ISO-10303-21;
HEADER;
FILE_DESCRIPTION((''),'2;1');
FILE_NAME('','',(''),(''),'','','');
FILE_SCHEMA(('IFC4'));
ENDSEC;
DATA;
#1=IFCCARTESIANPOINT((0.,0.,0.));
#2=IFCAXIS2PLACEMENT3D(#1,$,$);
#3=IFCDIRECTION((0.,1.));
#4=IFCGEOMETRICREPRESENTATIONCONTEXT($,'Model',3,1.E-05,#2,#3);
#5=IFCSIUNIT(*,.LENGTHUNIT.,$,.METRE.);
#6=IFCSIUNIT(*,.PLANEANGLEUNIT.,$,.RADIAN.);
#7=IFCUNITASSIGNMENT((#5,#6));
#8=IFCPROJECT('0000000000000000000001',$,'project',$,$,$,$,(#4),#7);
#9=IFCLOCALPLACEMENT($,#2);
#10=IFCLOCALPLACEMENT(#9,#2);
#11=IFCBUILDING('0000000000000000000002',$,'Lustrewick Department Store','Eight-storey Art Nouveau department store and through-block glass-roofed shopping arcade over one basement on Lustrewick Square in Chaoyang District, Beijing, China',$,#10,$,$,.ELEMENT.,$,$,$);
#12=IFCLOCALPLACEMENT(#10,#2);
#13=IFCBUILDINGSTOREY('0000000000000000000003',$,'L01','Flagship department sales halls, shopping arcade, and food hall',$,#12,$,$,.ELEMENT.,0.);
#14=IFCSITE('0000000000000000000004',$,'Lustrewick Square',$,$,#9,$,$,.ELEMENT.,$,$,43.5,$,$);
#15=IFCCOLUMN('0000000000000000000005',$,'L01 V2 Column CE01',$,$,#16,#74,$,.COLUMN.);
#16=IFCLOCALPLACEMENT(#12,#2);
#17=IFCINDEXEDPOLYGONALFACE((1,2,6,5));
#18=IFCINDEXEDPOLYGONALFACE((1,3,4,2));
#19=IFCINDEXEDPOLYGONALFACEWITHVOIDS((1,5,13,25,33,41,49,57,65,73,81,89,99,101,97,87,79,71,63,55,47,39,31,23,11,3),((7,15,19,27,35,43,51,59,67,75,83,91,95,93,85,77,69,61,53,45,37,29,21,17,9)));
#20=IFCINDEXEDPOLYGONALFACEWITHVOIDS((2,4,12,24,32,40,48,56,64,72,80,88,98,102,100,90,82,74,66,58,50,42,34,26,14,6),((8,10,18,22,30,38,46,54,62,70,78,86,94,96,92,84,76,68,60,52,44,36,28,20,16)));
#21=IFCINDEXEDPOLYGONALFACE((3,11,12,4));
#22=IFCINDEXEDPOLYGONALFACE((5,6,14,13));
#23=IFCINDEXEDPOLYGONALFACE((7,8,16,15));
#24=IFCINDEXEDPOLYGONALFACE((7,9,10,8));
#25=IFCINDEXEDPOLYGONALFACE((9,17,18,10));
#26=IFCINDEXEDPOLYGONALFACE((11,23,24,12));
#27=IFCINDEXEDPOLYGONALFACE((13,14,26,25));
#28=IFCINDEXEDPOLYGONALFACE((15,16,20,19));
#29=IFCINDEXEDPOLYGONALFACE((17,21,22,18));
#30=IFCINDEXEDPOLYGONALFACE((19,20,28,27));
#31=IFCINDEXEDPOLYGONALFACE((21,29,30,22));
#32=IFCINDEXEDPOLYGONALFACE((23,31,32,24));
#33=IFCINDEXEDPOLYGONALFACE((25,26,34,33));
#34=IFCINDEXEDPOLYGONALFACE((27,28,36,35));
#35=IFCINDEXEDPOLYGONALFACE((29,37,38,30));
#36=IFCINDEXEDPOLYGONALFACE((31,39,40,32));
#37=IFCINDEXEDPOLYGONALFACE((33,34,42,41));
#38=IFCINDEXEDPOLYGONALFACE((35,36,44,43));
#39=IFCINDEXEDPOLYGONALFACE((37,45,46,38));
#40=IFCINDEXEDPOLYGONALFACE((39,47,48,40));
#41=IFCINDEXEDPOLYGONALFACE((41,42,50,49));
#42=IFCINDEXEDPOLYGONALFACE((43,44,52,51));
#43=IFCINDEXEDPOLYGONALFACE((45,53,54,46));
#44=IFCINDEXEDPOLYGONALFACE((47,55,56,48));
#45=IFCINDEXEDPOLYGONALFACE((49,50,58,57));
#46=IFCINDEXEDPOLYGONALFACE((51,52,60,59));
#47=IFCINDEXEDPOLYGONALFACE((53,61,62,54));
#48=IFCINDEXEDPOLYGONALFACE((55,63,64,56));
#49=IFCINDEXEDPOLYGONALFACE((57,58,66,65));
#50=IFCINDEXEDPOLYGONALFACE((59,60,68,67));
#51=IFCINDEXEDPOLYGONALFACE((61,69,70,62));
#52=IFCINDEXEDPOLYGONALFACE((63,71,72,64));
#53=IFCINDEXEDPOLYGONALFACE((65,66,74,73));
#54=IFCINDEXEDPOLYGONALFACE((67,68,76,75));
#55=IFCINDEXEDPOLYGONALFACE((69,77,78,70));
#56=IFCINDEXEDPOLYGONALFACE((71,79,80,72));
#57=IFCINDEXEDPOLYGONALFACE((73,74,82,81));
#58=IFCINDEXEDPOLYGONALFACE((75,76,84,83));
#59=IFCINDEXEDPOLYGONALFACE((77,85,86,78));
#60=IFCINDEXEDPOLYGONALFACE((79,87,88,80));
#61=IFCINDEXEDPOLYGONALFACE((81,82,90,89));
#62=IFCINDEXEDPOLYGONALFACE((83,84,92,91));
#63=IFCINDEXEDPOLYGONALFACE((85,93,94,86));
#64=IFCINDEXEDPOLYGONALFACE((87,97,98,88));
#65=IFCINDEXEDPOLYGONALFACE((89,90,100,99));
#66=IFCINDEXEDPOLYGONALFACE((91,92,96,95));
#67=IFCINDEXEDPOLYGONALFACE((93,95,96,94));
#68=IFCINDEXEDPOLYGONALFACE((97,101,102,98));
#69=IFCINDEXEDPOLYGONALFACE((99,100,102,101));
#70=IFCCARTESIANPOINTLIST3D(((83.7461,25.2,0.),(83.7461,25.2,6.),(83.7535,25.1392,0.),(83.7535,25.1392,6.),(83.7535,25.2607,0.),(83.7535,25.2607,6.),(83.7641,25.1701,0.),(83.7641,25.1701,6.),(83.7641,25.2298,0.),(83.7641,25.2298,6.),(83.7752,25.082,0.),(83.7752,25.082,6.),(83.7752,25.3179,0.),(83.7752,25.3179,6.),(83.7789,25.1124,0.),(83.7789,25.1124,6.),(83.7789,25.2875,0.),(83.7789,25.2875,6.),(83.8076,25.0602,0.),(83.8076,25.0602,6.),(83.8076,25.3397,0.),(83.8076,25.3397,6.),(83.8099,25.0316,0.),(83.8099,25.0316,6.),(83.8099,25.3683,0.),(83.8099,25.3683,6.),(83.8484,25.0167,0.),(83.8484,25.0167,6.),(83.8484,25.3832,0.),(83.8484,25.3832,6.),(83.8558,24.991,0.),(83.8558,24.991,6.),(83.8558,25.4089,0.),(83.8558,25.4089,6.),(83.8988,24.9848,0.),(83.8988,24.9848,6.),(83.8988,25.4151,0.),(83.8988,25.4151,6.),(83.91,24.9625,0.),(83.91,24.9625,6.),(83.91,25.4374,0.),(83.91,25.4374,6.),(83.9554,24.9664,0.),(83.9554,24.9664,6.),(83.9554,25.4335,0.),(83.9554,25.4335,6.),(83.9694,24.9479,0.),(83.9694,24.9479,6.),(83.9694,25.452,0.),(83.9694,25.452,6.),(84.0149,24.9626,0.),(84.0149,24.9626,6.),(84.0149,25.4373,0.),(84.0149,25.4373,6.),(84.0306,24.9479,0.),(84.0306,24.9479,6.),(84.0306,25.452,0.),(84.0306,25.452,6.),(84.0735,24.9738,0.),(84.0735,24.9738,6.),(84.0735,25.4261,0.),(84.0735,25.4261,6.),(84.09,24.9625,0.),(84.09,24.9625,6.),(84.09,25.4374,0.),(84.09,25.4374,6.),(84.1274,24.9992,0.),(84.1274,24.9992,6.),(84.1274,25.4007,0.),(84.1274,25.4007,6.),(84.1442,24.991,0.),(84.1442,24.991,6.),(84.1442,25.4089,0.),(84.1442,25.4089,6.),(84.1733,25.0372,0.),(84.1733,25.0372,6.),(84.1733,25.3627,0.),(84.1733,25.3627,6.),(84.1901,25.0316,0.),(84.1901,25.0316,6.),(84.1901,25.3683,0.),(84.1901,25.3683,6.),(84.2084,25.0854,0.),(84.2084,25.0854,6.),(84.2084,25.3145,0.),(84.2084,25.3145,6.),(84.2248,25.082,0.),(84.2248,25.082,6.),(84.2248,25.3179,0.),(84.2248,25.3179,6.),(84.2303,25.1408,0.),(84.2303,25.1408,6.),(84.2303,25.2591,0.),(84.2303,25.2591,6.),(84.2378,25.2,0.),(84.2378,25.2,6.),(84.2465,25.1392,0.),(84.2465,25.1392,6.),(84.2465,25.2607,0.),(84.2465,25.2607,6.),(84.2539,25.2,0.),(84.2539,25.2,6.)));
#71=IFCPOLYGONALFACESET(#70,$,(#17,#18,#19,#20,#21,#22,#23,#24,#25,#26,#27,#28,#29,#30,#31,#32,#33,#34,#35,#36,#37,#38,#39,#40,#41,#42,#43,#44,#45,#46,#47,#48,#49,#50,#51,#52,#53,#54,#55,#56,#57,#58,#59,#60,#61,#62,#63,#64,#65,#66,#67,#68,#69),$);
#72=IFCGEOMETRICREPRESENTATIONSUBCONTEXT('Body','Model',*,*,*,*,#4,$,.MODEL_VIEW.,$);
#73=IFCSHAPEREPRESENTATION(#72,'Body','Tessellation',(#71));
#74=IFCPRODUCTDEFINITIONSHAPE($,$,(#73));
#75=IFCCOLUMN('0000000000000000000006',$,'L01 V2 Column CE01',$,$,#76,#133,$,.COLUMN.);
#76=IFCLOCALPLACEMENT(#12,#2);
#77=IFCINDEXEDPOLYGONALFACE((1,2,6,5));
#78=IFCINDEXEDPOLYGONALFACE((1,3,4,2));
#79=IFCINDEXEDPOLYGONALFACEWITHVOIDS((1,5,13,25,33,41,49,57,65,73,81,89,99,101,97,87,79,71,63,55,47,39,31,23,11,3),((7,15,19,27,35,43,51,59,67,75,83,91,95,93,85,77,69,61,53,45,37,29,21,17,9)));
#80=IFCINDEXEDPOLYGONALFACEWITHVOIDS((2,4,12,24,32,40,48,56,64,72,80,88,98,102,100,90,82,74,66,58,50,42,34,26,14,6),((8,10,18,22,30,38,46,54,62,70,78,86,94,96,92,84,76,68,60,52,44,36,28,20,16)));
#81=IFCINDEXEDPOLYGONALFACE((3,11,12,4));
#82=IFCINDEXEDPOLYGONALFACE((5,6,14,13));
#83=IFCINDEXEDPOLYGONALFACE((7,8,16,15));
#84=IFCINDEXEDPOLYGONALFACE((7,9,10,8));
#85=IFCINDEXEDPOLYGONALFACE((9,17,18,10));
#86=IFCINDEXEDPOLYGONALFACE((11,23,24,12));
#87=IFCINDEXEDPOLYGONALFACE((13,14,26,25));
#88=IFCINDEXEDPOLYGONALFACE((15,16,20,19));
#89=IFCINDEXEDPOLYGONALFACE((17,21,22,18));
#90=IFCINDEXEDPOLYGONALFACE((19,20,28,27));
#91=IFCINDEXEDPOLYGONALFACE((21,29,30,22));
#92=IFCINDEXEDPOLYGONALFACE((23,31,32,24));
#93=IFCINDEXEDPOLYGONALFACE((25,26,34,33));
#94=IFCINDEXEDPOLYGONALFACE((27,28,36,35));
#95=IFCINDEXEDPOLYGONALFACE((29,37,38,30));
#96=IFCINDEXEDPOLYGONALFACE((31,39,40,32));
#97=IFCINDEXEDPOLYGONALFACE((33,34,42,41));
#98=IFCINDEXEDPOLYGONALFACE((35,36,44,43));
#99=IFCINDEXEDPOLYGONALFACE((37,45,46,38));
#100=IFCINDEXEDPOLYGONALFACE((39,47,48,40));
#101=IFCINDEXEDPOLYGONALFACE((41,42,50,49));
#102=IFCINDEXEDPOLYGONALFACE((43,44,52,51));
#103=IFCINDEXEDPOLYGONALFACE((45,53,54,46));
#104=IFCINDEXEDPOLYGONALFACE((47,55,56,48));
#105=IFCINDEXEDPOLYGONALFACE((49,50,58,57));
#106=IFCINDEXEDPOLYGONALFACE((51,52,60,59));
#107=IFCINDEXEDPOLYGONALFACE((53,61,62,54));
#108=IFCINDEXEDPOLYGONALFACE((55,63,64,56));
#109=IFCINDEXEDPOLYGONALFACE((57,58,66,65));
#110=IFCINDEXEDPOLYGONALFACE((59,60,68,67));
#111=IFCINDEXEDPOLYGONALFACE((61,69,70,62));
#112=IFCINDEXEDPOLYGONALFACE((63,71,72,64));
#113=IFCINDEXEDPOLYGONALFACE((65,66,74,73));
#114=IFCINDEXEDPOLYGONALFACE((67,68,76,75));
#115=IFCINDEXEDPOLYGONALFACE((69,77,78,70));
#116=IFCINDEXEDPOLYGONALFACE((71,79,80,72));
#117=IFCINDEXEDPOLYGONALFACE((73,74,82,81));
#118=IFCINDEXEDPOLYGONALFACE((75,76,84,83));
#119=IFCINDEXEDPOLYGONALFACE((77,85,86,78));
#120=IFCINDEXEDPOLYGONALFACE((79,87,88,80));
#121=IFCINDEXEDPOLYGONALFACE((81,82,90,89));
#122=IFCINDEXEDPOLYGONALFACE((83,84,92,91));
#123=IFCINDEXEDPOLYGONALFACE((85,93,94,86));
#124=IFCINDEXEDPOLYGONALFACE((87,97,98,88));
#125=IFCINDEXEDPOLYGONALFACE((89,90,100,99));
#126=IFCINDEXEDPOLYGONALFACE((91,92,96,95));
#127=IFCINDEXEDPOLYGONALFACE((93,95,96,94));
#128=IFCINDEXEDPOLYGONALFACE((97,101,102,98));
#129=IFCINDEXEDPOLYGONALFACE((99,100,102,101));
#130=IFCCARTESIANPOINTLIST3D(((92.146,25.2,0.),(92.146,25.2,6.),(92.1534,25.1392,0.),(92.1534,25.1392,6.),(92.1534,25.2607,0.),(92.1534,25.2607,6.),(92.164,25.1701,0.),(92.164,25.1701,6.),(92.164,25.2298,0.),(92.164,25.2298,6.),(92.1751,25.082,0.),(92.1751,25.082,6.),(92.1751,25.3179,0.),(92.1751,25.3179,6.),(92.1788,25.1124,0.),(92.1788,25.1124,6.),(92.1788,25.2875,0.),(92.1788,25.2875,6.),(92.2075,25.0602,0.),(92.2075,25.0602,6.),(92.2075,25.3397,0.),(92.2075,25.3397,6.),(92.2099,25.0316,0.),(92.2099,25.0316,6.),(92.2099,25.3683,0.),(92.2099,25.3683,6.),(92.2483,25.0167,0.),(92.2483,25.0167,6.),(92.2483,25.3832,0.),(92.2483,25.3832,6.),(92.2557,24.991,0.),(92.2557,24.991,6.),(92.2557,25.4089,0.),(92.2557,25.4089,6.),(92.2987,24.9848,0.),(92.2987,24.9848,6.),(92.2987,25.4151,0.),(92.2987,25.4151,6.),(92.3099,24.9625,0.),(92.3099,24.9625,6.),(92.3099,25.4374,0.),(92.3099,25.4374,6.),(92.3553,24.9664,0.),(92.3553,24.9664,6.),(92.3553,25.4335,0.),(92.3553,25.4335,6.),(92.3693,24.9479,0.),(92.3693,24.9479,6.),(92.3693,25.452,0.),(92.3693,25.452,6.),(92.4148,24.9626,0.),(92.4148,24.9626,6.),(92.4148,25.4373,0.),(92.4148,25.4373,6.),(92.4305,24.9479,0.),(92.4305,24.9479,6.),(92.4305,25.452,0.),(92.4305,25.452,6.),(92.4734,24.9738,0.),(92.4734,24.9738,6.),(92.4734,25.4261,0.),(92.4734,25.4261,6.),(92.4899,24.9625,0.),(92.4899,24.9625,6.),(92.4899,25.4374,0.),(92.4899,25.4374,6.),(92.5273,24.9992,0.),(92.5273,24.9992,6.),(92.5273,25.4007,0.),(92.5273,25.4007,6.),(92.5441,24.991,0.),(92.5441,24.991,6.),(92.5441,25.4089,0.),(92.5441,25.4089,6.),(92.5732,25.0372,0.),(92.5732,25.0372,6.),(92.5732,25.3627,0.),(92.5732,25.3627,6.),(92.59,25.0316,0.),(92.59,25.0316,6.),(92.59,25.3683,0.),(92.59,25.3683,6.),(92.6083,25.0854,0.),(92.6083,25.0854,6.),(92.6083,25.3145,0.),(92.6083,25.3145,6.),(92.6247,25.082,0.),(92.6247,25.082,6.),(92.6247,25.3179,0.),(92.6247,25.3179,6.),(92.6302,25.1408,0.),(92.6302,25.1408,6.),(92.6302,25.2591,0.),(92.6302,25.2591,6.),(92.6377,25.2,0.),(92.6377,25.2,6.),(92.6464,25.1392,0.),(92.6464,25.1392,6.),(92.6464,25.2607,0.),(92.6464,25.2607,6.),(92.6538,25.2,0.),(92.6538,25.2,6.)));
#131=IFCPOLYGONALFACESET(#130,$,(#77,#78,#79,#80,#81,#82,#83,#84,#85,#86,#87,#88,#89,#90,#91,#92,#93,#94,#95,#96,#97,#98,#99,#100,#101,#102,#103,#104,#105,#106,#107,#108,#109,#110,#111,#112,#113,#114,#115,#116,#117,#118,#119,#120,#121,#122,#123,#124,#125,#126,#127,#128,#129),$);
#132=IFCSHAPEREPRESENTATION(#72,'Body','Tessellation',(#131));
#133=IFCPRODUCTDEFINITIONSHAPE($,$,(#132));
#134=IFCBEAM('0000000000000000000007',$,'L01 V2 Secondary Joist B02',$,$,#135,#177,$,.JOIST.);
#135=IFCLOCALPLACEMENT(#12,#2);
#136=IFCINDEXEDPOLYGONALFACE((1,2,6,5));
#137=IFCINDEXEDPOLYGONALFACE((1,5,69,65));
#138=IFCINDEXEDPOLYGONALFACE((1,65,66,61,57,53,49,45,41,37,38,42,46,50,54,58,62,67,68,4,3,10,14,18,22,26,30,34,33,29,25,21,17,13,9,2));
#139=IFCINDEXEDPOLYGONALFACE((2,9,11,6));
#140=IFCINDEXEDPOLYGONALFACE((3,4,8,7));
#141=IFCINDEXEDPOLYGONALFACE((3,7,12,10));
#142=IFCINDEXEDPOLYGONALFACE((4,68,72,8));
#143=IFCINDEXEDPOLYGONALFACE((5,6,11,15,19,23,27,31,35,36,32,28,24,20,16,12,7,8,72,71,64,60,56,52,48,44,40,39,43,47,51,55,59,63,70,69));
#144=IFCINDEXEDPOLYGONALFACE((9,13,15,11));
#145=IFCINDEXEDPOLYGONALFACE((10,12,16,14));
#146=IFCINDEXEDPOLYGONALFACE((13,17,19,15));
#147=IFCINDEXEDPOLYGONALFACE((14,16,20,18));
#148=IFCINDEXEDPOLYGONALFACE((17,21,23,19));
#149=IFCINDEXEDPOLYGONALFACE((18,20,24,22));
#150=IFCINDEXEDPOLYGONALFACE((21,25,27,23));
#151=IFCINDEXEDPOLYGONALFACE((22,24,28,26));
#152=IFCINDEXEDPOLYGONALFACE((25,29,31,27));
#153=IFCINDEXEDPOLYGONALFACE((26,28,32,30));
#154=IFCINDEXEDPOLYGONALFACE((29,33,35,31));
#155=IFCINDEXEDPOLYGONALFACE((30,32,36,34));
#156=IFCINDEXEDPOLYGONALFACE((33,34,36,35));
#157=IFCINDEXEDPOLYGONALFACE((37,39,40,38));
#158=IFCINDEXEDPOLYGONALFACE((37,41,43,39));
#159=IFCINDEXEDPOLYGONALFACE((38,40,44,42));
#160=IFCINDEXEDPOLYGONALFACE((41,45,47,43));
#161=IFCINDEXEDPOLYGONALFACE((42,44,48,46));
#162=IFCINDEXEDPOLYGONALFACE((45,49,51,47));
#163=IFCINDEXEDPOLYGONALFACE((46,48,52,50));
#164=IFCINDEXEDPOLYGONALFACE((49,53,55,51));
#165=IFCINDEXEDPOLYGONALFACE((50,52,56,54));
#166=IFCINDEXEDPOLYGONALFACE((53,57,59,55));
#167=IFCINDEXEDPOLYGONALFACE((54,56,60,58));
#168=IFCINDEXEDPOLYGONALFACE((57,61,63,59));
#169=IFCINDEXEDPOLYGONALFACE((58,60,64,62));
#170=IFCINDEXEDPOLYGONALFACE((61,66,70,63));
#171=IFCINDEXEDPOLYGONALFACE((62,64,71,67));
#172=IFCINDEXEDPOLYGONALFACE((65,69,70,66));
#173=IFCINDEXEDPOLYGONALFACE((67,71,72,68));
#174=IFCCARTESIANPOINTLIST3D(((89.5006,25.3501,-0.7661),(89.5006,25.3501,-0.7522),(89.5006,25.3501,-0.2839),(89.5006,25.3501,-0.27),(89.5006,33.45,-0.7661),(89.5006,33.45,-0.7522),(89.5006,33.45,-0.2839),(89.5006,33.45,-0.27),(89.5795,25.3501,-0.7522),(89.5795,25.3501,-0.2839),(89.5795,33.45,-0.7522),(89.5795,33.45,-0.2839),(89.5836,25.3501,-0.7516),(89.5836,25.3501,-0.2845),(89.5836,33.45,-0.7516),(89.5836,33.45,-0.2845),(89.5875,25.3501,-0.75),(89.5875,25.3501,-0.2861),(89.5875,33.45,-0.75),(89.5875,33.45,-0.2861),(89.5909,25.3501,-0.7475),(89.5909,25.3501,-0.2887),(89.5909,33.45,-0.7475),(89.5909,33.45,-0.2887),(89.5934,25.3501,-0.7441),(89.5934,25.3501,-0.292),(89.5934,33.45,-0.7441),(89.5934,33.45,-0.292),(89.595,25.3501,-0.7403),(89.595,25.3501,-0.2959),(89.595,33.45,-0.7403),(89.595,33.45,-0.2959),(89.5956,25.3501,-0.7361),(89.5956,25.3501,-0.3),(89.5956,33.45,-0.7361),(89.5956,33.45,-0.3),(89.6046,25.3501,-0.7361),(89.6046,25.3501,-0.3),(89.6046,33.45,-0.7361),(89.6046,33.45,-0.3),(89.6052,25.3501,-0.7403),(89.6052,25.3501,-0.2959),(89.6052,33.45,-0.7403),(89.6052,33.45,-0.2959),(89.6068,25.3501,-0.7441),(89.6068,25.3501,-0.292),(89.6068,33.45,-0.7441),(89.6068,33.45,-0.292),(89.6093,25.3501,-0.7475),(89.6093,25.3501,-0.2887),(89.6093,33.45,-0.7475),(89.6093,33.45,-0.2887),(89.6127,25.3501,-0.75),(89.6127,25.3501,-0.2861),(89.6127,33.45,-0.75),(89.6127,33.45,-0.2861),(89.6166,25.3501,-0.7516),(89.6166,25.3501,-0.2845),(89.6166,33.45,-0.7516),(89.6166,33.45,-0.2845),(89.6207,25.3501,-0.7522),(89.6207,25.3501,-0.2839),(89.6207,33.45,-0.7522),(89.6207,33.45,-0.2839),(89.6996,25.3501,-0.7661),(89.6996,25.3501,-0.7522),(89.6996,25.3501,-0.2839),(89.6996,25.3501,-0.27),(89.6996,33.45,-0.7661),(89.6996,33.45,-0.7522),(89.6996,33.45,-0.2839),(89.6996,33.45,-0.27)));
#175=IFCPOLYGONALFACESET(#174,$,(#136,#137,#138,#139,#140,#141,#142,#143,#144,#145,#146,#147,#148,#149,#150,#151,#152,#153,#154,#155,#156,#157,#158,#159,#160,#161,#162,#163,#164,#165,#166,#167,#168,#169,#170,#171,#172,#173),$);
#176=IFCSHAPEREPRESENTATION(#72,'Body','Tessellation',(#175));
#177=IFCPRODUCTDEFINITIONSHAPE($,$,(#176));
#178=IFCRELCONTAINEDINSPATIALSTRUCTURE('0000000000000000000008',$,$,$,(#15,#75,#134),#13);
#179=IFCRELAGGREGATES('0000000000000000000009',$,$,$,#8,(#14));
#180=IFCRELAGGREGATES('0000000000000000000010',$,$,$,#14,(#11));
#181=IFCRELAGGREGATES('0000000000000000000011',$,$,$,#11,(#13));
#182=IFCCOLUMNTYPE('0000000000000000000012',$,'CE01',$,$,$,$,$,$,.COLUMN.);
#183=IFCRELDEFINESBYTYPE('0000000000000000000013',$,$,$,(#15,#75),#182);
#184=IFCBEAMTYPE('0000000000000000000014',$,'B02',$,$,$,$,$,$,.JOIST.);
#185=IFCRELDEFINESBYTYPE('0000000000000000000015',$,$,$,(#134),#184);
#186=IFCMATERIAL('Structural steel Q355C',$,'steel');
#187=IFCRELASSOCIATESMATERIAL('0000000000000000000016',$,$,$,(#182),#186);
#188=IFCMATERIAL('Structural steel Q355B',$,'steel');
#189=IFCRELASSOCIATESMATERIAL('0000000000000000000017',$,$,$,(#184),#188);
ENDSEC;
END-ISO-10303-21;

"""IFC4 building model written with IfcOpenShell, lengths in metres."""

from ifc_helpers import new_model, si_unit, direction, frame, origin, origin_2d, place, context, subcontext, project, spatial, hollow_circle, i_section, extrude, material, material_profile, profile_set, type_object, element, save


model = new_model("IFC4")

# Units and contexts
model_context = context("Model", 3, precision=1e-05, world=origin(), true_north=direction((0.0, 1.0)))
body_context = subcontext(model_context, "Body", "Model", "MODEL_VIEW")
ifc_project = project(units=[si_unit("LENGTHUNIT", "METRE"), si_unit("PLANEANGLEUNIT", "RADIAN")], contexts=[model_context])

# Site, building, storey
site_placement = place(None, origin())
site = spatial("IfcSite", under=ifc_project, at=site_placement, Name="Lustrewick Square", CompositionType="ELEMENT", RefElevation=43.5)
building_placement = place(site_placement, origin())
building = spatial("IfcBuilding", under=site, at=building_placement, Name="Lustrewick Department Store", Description="Eight-storey Art Nouveau department store and through-block glass-roofed shopping arcade over one basement on Lustrewick Square in Chaoyang District, Beijing, China", CompositionType="ELEMENT")
storey_placement = place(building_placement, origin())
storey = spatial("IfcBuildingStorey", under=building, at=storey_placement, Name="L01", Description="Flagship department sales halls, shopping arcade, and food hall", CompositionType="ELEMENT", Elevation=0.0)

# Columns
ifc_material_1 = material(Name="Structural steel Q355C", Category="steel")
ifc_material_2 = material(Name="Structural steel Q355B", Category="steel")
ifc_material_profile_1 = material_profile(ifc_material_1, hollow_circle(Radius=0.2539, WallThickness=0.0161, at=origin_2d()), Name="CHS 508x16")
ifc_profile_set_1 = profile_set([ifc_material_profile_1], Name="Structural steel Q355C")
column_type_1 = type_object("IfcColumnType", Name="CE01", PredefinedType="COLUMN", material=ifc_profile_set_1)
for number, where, z_axis, x_axis, name in (
    (1, (84.0, 25.2, 0.0), (0.0, 0.0, 1.0), (1.0, 0.0, 0.0), "L01 V2 Column CE01"),
    (2, (92.3999, 25.2, 0.0), (0.0, 0.0, 1.0), (1.0, 0.0, 0.0), "L01 V2 Column CE01"),
):
    element("IfcColumn", number, at=place(storey_placement, frame(where, z_axis=z_axis, x_axis=x_axis)), inside=storey, type_object=column_type_1, Name=name, PredefinedType="COLUMN", context=body_context, shape_type="SweptSolid", body=[
        extrude(hollow_circle(Radius=0.2539, WallThickness=0.0161, at=origin_2d()), origin(), (0.0, 0.0, 1.0), 6.0),
    ])

# Beam
ifc_material_profile_2 = material_profile(ifc_material_2, i_section(OverallWidth=0.199, OverallDepth=0.4961, WebThickness=0.009, FlangeThickness=0.0139, FilletRadius=0.0161, at=origin_2d()), Name="HN 496x199x9x14")
ifc_profile_set_2 = profile_set([ifc_material_profile_2], Name="Structural steel Q355B")
beam_type_1 = type_object("IfcBeamType", Name="B02", PredefinedType="JOIST", material=ifc_profile_set_2)
beam_1_placement = place(storey_placement, frame((89.6001, 25.3501, -0.5181), z_axis=(0.0, 1.0, 0.0), x_axis=(-1.0, 0.0, 0.0)))
element("IfcBeam", 3, at=beam_1_placement, inside=storey, type_object=beam_type_1, Name="L01 V2 Secondary Joist B02", PredefinedType="JOIST", context=body_context, shape_type="SweptSolid", body=[
    extrude(i_section(OverallWidth=0.199, OverallDepth=0.4961, WebThickness=0.009, FlangeThickness=0.0139, FilletRadius=0.0161, at=origin_2d()), origin(), (0.0, 0.0, 1.0), 8.0999),
])

save(model, "model.ifc")
